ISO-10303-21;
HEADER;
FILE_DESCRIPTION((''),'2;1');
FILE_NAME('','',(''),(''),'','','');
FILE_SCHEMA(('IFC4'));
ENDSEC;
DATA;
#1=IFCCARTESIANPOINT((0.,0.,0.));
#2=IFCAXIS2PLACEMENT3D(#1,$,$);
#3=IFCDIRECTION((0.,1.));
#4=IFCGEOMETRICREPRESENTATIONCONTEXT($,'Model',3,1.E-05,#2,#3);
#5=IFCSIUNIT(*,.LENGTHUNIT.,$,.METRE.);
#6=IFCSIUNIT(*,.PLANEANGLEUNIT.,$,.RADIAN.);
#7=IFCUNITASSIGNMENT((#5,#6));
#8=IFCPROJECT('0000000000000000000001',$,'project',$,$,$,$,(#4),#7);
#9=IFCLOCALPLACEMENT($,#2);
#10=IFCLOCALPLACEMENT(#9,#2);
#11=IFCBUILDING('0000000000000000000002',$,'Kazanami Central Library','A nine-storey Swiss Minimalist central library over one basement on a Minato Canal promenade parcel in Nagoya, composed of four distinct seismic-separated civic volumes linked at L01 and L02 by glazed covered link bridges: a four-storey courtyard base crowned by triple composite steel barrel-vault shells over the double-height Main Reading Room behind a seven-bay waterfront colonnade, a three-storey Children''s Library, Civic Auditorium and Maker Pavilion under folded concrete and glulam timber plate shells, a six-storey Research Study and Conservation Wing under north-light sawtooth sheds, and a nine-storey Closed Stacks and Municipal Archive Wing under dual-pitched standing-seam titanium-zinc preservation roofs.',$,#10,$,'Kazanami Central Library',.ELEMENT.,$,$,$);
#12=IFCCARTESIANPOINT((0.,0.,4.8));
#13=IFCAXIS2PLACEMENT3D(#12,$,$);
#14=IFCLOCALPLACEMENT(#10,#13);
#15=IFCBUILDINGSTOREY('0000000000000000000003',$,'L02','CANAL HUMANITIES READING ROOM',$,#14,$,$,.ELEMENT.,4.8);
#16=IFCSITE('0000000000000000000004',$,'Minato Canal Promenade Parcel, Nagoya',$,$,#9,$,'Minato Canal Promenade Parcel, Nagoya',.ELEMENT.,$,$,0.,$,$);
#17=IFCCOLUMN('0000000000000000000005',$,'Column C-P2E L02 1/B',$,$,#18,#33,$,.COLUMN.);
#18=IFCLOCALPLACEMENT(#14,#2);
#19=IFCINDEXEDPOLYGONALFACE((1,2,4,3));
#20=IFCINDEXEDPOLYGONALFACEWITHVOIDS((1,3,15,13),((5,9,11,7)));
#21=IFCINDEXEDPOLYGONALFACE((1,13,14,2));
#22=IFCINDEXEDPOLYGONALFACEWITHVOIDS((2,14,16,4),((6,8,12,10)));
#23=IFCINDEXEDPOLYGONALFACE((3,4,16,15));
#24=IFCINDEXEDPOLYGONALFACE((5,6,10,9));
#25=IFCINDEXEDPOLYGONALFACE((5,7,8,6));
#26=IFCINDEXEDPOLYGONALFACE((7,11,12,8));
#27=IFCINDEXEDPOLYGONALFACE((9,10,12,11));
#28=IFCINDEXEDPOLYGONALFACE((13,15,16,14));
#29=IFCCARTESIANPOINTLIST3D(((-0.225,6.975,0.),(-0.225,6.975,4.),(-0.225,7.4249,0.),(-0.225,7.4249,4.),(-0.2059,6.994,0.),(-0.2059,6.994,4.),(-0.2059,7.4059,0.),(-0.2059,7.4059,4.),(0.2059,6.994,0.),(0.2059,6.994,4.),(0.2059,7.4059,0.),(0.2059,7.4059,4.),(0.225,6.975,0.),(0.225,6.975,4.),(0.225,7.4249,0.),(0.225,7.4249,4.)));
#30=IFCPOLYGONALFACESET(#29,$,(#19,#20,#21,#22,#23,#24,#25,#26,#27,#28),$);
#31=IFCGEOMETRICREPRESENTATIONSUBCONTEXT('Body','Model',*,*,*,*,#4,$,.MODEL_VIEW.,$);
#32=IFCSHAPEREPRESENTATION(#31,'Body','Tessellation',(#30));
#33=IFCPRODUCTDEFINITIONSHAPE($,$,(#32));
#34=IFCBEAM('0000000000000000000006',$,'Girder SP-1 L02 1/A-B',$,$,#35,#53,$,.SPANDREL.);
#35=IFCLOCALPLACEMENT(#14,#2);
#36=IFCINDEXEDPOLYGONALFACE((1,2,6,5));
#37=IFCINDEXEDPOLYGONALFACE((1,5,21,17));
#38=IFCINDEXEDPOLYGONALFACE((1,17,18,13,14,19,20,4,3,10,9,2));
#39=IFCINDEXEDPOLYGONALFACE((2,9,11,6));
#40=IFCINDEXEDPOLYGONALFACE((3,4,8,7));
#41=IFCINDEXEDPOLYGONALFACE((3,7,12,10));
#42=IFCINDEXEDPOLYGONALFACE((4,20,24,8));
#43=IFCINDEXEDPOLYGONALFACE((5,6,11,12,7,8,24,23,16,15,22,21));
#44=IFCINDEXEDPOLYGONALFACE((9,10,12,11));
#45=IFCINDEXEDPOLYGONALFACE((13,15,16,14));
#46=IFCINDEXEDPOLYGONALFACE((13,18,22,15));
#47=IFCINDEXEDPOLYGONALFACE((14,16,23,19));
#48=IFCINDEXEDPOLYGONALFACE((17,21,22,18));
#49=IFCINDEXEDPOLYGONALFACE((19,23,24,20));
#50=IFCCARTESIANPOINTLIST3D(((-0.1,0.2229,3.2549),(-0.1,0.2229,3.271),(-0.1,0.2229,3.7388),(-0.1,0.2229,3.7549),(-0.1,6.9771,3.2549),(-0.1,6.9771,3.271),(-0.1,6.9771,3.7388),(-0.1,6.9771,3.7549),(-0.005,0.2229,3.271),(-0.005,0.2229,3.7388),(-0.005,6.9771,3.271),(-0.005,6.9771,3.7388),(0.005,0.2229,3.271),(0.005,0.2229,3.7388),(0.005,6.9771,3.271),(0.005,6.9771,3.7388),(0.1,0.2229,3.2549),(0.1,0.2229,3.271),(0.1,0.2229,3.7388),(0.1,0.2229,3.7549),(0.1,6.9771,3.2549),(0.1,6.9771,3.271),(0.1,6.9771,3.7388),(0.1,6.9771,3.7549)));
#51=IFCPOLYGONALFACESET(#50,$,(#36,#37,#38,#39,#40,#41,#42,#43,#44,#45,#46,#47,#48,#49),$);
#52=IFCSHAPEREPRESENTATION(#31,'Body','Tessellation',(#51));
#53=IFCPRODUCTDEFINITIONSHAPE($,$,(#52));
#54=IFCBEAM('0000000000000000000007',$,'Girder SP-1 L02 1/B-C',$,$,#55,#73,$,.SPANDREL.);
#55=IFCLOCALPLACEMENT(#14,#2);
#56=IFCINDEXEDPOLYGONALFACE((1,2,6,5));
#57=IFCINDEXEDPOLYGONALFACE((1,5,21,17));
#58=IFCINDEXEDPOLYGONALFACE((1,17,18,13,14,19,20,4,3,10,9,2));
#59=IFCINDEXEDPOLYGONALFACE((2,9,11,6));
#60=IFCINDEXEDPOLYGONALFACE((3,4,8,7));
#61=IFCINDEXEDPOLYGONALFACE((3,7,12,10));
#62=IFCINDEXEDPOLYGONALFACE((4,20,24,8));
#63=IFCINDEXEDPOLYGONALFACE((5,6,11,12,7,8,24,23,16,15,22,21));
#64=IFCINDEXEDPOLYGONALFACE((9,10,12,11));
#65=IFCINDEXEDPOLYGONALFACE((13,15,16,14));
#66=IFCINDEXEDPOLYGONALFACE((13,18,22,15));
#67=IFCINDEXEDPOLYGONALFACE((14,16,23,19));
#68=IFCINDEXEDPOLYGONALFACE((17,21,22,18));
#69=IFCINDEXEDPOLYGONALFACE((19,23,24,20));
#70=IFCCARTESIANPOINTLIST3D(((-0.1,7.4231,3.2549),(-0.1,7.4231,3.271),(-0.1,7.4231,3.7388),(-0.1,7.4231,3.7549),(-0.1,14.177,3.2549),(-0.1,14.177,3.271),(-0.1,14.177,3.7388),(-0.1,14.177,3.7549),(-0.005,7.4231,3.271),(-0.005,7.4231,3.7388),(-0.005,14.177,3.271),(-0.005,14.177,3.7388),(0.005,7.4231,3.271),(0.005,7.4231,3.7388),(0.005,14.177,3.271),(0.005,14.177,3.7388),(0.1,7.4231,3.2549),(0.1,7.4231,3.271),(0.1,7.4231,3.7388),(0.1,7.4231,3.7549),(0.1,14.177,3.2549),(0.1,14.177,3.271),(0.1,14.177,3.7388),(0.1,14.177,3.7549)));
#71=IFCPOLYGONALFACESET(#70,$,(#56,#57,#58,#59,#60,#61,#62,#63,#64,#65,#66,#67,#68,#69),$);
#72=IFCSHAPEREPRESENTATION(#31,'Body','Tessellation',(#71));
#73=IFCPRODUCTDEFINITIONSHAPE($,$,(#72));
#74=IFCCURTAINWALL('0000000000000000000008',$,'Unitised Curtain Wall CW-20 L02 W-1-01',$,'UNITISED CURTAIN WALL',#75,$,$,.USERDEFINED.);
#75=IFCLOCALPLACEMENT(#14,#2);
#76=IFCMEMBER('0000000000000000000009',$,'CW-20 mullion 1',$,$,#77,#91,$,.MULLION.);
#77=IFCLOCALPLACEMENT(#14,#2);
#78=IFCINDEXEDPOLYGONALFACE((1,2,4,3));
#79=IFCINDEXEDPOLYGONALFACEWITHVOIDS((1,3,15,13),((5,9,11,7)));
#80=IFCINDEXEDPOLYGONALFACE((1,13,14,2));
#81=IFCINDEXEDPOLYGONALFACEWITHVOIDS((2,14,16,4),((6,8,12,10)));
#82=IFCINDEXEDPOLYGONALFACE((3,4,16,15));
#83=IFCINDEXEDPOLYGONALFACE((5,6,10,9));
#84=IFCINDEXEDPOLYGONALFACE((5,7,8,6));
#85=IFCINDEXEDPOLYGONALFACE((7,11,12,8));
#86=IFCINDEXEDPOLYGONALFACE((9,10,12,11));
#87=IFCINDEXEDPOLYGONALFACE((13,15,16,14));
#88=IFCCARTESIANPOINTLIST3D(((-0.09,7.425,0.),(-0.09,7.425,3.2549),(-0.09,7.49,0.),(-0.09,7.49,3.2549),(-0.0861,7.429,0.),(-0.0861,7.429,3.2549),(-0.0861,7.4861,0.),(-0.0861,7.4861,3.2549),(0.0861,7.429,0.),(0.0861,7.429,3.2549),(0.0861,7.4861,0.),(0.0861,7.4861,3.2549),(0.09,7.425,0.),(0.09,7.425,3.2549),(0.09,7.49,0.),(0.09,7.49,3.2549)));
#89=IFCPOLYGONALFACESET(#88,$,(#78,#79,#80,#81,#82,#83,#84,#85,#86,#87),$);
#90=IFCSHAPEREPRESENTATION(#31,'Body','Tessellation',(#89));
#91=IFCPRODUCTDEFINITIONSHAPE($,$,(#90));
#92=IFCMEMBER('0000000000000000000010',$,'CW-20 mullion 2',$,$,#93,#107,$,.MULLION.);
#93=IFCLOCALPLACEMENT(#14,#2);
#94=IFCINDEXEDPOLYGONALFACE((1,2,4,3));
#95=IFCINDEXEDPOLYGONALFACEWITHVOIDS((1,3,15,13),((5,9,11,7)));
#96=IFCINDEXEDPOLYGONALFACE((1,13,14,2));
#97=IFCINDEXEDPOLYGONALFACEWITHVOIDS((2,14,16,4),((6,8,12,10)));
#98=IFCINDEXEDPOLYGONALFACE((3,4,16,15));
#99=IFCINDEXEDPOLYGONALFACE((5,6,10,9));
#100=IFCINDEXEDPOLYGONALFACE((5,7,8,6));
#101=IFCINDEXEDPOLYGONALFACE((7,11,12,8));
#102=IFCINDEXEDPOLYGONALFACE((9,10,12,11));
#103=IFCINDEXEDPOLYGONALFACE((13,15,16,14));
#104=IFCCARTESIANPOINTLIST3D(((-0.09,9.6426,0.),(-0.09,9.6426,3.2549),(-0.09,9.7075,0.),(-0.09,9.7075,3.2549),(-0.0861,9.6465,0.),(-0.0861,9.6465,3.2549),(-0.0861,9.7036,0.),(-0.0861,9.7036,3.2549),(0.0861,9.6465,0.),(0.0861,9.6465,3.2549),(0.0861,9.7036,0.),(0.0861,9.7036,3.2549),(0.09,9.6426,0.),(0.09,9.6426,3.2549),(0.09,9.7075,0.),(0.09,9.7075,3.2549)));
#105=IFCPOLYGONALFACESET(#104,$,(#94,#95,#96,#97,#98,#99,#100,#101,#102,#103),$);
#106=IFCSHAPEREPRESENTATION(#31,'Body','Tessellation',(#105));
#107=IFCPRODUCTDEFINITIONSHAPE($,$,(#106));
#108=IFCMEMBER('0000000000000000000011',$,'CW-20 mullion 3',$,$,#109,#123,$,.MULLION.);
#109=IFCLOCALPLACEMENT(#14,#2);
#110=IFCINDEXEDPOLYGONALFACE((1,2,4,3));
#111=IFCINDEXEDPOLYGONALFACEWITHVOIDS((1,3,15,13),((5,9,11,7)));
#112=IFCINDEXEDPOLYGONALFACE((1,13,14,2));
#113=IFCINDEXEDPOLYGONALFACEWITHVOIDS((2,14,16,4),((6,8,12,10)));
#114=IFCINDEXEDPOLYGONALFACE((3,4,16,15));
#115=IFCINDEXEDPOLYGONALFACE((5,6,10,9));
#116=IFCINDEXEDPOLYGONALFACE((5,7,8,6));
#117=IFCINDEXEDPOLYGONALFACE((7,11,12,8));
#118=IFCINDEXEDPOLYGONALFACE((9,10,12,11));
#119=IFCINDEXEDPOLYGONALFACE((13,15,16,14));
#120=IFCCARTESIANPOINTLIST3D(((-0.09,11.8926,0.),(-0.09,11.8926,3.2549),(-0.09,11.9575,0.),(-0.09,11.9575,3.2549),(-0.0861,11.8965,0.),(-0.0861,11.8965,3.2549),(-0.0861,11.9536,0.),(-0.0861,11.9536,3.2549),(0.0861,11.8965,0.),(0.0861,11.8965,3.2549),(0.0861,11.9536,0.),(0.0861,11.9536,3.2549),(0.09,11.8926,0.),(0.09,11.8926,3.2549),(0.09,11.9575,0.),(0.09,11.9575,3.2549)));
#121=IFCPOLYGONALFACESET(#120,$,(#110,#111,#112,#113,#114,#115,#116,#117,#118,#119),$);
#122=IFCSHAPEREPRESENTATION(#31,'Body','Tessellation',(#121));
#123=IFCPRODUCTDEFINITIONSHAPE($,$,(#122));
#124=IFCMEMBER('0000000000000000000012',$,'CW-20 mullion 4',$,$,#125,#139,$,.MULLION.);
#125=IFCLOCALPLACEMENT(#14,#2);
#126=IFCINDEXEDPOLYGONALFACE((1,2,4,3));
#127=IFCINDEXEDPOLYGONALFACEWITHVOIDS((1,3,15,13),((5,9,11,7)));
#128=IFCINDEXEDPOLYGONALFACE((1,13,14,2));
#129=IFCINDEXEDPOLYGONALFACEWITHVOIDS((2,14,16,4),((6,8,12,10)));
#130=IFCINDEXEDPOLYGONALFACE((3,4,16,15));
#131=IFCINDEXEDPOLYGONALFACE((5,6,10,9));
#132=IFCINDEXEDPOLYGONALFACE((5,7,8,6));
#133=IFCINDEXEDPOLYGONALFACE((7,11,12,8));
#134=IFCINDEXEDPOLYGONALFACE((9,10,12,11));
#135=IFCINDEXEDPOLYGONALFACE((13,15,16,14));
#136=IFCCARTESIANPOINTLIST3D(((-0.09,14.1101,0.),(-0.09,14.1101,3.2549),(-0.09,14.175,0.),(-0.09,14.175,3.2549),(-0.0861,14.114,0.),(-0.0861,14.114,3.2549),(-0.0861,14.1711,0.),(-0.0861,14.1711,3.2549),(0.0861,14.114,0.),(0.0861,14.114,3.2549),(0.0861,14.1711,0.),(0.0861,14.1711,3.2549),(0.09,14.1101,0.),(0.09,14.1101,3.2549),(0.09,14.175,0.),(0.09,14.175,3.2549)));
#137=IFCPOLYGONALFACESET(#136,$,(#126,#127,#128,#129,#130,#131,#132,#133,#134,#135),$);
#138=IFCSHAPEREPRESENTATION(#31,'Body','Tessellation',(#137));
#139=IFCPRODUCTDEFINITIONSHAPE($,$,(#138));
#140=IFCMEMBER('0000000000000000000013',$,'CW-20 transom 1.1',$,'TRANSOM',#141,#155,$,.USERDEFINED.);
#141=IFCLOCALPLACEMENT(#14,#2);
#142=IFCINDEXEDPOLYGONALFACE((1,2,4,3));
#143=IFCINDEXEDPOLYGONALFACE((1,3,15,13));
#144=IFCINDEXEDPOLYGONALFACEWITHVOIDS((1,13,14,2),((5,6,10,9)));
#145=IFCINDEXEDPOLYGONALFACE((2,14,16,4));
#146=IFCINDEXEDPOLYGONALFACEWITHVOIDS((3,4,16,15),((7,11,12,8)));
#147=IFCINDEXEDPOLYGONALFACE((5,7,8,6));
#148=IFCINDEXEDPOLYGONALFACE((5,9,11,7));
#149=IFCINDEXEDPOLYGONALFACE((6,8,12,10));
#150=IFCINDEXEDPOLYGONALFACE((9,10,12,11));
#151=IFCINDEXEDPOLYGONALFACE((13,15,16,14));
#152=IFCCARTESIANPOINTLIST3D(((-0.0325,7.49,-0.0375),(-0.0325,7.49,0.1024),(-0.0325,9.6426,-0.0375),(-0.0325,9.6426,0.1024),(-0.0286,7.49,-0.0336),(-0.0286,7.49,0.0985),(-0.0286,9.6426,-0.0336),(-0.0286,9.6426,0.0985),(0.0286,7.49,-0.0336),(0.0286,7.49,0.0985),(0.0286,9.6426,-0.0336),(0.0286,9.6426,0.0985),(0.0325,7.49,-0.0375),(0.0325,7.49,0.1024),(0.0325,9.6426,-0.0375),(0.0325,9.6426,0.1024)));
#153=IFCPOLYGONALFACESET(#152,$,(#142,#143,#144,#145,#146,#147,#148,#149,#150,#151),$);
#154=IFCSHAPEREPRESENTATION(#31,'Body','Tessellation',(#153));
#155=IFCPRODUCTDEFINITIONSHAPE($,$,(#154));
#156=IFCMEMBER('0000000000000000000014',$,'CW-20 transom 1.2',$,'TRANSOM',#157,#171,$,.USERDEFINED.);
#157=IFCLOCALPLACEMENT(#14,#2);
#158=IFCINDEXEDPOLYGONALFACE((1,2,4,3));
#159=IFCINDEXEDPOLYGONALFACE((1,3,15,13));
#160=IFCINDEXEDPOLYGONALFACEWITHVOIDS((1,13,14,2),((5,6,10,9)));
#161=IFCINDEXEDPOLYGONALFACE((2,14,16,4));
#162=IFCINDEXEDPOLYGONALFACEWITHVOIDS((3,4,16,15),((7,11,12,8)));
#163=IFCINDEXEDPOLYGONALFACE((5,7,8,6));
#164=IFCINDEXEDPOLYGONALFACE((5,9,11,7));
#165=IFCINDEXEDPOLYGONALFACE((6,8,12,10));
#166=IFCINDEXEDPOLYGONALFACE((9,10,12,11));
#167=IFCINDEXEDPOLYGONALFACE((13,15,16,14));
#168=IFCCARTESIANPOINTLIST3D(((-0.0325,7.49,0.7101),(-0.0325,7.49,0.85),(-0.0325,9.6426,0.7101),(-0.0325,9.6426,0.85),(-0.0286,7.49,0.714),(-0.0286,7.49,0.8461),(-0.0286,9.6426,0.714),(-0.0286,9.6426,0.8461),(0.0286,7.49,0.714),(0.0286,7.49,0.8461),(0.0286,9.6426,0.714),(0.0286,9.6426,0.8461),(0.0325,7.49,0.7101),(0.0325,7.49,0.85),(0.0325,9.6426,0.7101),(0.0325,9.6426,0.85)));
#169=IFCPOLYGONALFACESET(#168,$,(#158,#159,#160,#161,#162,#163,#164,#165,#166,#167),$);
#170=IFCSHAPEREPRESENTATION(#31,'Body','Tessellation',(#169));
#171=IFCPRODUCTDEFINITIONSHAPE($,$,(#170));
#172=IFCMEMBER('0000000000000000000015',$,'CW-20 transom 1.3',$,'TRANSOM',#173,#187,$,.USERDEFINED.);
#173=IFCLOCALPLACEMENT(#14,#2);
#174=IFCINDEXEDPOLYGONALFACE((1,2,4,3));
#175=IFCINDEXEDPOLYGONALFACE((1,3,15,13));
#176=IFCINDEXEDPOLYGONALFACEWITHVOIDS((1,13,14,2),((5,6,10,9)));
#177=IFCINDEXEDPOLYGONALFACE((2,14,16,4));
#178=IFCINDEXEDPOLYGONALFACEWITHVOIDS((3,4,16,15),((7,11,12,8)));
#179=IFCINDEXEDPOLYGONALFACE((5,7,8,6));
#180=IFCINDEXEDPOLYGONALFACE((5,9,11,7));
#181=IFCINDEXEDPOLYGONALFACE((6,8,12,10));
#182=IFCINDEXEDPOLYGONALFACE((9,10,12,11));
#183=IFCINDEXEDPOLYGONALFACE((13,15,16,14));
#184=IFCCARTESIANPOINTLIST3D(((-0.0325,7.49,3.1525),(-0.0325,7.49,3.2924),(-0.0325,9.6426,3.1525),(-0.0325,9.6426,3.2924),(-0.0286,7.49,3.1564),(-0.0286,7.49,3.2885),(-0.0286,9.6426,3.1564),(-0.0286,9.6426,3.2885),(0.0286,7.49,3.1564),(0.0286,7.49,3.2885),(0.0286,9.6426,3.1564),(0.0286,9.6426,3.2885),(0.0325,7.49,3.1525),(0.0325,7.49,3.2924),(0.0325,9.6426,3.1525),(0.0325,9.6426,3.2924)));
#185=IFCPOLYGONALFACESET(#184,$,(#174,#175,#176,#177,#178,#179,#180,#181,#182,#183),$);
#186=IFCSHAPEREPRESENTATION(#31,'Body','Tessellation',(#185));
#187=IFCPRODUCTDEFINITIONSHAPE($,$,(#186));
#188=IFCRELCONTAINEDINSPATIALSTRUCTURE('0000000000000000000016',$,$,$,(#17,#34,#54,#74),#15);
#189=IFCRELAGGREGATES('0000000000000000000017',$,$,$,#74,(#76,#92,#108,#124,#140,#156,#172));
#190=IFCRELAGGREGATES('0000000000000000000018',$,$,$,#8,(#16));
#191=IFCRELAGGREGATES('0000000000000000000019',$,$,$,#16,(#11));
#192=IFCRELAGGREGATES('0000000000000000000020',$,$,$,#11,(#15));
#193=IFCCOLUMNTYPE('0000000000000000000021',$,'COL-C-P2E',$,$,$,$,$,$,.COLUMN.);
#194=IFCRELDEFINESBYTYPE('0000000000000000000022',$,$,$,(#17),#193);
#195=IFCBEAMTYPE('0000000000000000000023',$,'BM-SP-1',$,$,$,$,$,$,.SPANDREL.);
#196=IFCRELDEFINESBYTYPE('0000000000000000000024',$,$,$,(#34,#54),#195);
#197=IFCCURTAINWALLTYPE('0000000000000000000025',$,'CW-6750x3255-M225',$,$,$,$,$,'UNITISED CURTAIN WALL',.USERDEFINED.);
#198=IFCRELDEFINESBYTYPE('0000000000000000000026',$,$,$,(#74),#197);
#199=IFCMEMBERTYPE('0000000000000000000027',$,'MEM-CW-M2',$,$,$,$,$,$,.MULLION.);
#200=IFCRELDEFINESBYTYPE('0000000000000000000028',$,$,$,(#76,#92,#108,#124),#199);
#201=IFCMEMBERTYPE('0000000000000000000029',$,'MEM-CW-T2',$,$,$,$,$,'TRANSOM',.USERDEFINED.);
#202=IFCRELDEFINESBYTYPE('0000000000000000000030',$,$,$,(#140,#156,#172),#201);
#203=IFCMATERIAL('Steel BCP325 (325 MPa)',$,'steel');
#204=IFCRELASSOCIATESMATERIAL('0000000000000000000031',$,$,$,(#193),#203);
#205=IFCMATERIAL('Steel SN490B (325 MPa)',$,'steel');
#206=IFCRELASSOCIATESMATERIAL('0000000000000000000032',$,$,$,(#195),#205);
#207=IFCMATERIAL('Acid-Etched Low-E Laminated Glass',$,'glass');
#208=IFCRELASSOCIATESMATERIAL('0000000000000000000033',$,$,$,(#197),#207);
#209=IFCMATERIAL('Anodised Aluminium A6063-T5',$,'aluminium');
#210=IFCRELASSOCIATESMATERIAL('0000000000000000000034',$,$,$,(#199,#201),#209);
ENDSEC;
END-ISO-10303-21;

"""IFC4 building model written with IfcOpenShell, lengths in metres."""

from ifc_helpers import new_model, si_unit, direction, frame, origin, origin_2d, place, context, subcontext, project, spatial, hollow_rectangle, i_section, extrude, material, material_profile, profile_set, type_object, element, aggregate, save


model = new_model("IFC4")

# Units and contexts
model_context = context("Model", 3, precision=1e-05, world=origin(), true_north=direction((0.0, 1.0)))
body_context = subcontext(model_context, "Body", "Model", "MODEL_VIEW")
ifc_project = project(units=[si_unit("LENGTHUNIT", "METRE"), si_unit("PLANEANGLEUNIT", "RADIAN")], contexts=[model_context])

# Site, building, storey
site_placement = place(None, origin())
site = spatial("IfcSite", under=ifc_project, at=site_placement, Name="Minato Canal Promenade Parcel, Nagoya", LongName="Minato Canal Promenade Parcel, Nagoya", CompositionType="ELEMENT", RefElevation=0.0)
building_placement = place(site_placement, origin())
building = spatial("IfcBuilding", under=site, at=building_placement, Name="Kazanami Central Library", Description="A nine-storey Swiss Minimalist central library over one basement on a Minato Canal promenade parcel in Nagoya, composed of four distinct seismic-separated civic volumes linked at L01 and L02 by glazed covered link bridges: a four-storey courtyard base crowned by triple composite steel barrel-vault shells over the double-height Main Reading Room behind a seven-bay waterfront colonnade, a three-storey Children's Library, Civic Auditorium and Maker Pavilion under folded concrete and glulam timber plate shells, a six-storey Research Study and Conservation Wing under north-light sawtooth sheds, and a nine-storey Closed Stacks and Municipal Archive Wing under dual-pitched standing-seam titanium-zinc preservation roofs.", LongName="Kazanami Central Library", CompositionType="ELEMENT")
storey_placement = place(building_placement, frame((0.0, 0.0, 4.8)))
storey = spatial("IfcBuildingStorey", under=building, at=storey_placement, Name="L02", Description="CANAL HUMANITIES READING ROOM", CompositionType="ELEMENT", Elevation=4.8)

# Column
ifc_material_1 = material(Name="Steel BCP325 (325 MPa)", Category="steel")
ifc_material_profile_1 = material_profile(ifc_material_1, hollow_rectangle(XDim=0.45, YDim=0.45, WallThickness=0.019, at=origin_2d()), Name="BCP-450x450x19")
ifc_profile_set_1 = profile_set([ifc_material_profile_1], Name="Steel BCP325 (325 MPa)")
column_type = type_object("IfcColumnType", Name="COL-C-P2E", PredefinedType="COLUMN", material=ifc_profile_set_1)
column_placement = place(storey_placement, frame((0.0, 7.2, 0.0), z_axis=(0.0, 0.0, 1.0), x_axis=(1.0, 0.0, 0.0)))
element("IfcColumn", 1, at=column_placement, inside=storey, type_object=column_type, Name="Column C-P2E L02 1/B", PredefinedType="COLUMN", context=body_context, shape_type="SweptSolid", body=[
    extrude(hollow_rectangle(XDim=0.45, YDim=0.45, WallThickness=0.019, at=origin_2d()), origin(), (0.0, 0.0, 1.0), 4.0),
])

# Beams
ifc_material_2 = material(Name="Steel SN490B (325 MPa)", Category="steel")
ifc_material_profile_2 = material_profile(ifc_material_2, i_section(OverallWidth=0.2, OverallDepth=0.5, WebThickness=0.01, FlangeThickness=0.0161, at=origin_2d()), Name="H-500x200x10x16")
ifc_profile_set_2 = profile_set([ifc_material_profile_2], Name="Steel SN490B (325 MPa)")
beam_type = type_object("IfcBeamType", Name="BM-SP-1", PredefinedType="SPANDREL", material=ifc_profile_set_2)
beam_1_placement = place(storey_placement, frame((0.0, 0.2229, 3.5049), z_axis=(0.0, 1.0, 0.0), x_axis=(-1.0, 0.0, 0.0)))
element("IfcBeam", 2, at=beam_1_placement, inside=storey, type_object=beam_type, Name="Girder SP-1 L02 1/A-B", PredefinedType="SPANDREL", context=body_context, shape_type="SweptSolid", body=[
    extrude(i_section(OverallWidth=0.2, OverallDepth=0.5, WebThickness=0.01, FlangeThickness=0.0161, at=origin_2d()), origin(), (0.0, 0.0, 1.0), 6.7542),
])
beam_2_placement = place(storey_placement, frame((0.0, 7.4231, 3.5049), z_axis=(0.0, 1.0, 0.0), x_axis=(-1.0, 0.0, 0.0)))
element("IfcBeam", 3, at=beam_2_placement, inside=storey, type_object=beam_type, Name="Girder SP-1 L02 1/B-C", PredefinedType="SPANDREL", context=body_context, shape_type="SweptSolid", body=[
    extrude(i_section(OverallWidth=0.2, OverallDepth=0.5, WebThickness=0.01, FlangeThickness=0.0161, at=origin_2d()), origin(), (0.0, 0.0, 1.0), 6.7539),
])

# Curtain wall, members
ifc_material_3 = material(Name="Acid-Etched Low-E Laminated Glass", Category="glass")
curtain_wall_type = type_object("IfcCurtainWallType", Name="CW-6750x3255-M225", ElementType="UNITISED CURTAIN WALL", PredefinedType="USERDEFINED", material=ifc_material_3)
curtain_wall_placement = place(storey_placement, origin())
curtain_wall = element("IfcCurtainWall", 4, at=curtain_wall_placement, inside=storey, type_object=curtain_wall_type, Name="Unitised Curtain Wall CW-20 L02 W-1-01", ObjectType="UNITISED CURTAIN WALL", PredefinedType="USERDEFINED")
ifc_material_4 = material(Name="Anodised Aluminium A6063-T5", Category="aluminium")
ifc_material_profile_3 = material_profile(ifc_material_4, hollow_rectangle(XDim=0.0649, YDim=0.1799, WallThickness=0.0039, at=origin_2d()), Name="ALU-MULL-65x180x4")
ifc_profile_set_3 = profile_set([ifc_material_profile_3], Name="Anodised Aluminium A6063-T5")
member_type_1 = type_object("IfcMemberType", Name="MEM-CW-M2", PredefinedType="MULLION", material=ifc_profile_set_3)
member_1_placement = place(storey_placement, frame((0.0, 7.4575, 0.0), z_axis=(0.0, 0.0, 1.0), x_axis=(0.0, 1.0, 0.0)))
member_1 = element("IfcMember", 5, at=member_1_placement, type_object=member_type_1, Name="CW-20 mullion 1", PredefinedType="MULLION", context=body_context, shape_type="SweptSolid", body=[
    extrude(hollow_rectangle(XDim=0.0649, YDim=0.1799, WallThickness=0.0039, at=origin_2d()), origin(), (0.0, 0.0, 1.0), 3.2549),
])
member_2_placement = place(storey_placement, frame((0.0, 9.675, 0.0), z_axis=(0.0, 0.0, 1.0), x_axis=(0.0, 1.0, 0.0)))
member_2 = element("IfcMember", 6, at=member_2_placement, type_object=member_type_1, Name="CW-20 mullion 2", PredefinedType="MULLION", context=body_context, shape_type="SweptSolid", body=[
    extrude(hollow_rectangle(XDim=0.0649, YDim=0.1799, WallThickness=0.0039, at=origin_2d()), origin(), (0.0, 0.0, 1.0), 3.2549),
])
member_3_placement = place(storey_placement, frame((0.0, 11.925, 0.0), z_axis=(0.0, 0.0, 1.0), x_axis=(0.0, 1.0, 0.0)))
member_3 = element("IfcMember", 7, at=member_3_placement, type_object=member_type_1, Name="CW-20 mullion 3", PredefinedType="MULLION", context=body_context, shape_type="SweptSolid", body=[
    extrude(hollow_rectangle(XDim=0.0649, YDim=0.1799, WallThickness=0.0039, at=origin_2d()), origin(), (0.0, 0.0, 1.0), 3.2549),
])
member_4_placement = place(storey_placement, frame((0.0, 14.1426, 0.0), z_axis=(0.0, 0.0, 1.0), x_axis=(0.0, 1.0, 0.0)))
member_4 = element("IfcMember", 8, at=member_4_placement, type_object=member_type_1, Name="CW-20 mullion 4", PredefinedType="MULLION", context=body_context, shape_type="SweptSolid", body=[
    extrude(hollow_rectangle(XDim=0.0649, YDim=0.1799, WallThickness=0.0039, at=origin_2d()), origin(), (0.0, 0.0, 1.0), 3.2549),
])
ifc_material_profile_4 = material_profile(ifc_material_4, hollow_rectangle(XDim=0.0649, YDim=0.1399, WallThickness=0.0039, at=origin_2d()), Name="ALU-TRAN-65x140x4")
ifc_profile_set_4 = profile_set([ifc_material_profile_4], Name="Anodised Aluminium A6063-T5")
member_type_2 = type_object("IfcMemberType", Name="MEM-CW-T2", ElementType="TRANSOM", PredefinedType="USERDEFINED", material=ifc_profile_set_4)
member_5_placement = place(storey_placement, frame((0.0, 7.49, 0.0325), z_axis=(0.0, 1.0, 0.0), x_axis=(-1.0, 0.0, 0.0)))
member_5 = element("IfcMember", 9, at=member_5_placement, type_object=member_type_2, Name="CW-20 transom 1.1", ObjectType="TRANSOM", PredefinedType="USERDEFINED", context=body_context, shape_type="SweptSolid", body=[
    extrude(hollow_rectangle(XDim=0.0649, YDim=0.1399, WallThickness=0.0039, at=origin_2d()), origin(), (0.0, 0.0, 1.0), 2.1526),
])
member_6_placement = place(storey_placement, frame((0.0, 7.49, 0.78), z_axis=(0.0, 1.0, 0.0), x_axis=(-1.0, 0.0, 0.0)))
member_6 = element("IfcMember", 10, at=member_6_placement, type_object=member_type_2, Name="CW-20 transom 1.2", ObjectType="TRANSOM", PredefinedType="USERDEFINED", context=body_context, shape_type="SweptSolid", body=[
    extrude(hollow_rectangle(XDim=0.0649, YDim=0.1399, WallThickness=0.0039, at=origin_2d()), origin(), (0.0, 0.0, 1.0), 2.1526),
])
member_7_placement = place(storey_placement, frame((0.0, 7.49, 3.2224), z_axis=(0.0, 1.0, 0.0), x_axis=(-1.0, 0.0, 0.0)))
member_7 = element("IfcMember", 11, at=member_7_placement, type_object=member_type_2, Name="CW-20 transom 1.3", ObjectType="TRANSOM", PredefinedType="USERDEFINED", context=body_context, shape_type="SweptSolid", body=[
    extrude(hollow_rectangle(XDim=0.0649, YDim=0.1399, WallThickness=0.0039, at=origin_2d()), origin(), (0.0, 0.0, 1.0), 2.1526),
])
aggregate(curtain_wall, [member_1, member_2, member_3, member_4, member_5, member_6, member_7])

save(model, "model.ifc")
